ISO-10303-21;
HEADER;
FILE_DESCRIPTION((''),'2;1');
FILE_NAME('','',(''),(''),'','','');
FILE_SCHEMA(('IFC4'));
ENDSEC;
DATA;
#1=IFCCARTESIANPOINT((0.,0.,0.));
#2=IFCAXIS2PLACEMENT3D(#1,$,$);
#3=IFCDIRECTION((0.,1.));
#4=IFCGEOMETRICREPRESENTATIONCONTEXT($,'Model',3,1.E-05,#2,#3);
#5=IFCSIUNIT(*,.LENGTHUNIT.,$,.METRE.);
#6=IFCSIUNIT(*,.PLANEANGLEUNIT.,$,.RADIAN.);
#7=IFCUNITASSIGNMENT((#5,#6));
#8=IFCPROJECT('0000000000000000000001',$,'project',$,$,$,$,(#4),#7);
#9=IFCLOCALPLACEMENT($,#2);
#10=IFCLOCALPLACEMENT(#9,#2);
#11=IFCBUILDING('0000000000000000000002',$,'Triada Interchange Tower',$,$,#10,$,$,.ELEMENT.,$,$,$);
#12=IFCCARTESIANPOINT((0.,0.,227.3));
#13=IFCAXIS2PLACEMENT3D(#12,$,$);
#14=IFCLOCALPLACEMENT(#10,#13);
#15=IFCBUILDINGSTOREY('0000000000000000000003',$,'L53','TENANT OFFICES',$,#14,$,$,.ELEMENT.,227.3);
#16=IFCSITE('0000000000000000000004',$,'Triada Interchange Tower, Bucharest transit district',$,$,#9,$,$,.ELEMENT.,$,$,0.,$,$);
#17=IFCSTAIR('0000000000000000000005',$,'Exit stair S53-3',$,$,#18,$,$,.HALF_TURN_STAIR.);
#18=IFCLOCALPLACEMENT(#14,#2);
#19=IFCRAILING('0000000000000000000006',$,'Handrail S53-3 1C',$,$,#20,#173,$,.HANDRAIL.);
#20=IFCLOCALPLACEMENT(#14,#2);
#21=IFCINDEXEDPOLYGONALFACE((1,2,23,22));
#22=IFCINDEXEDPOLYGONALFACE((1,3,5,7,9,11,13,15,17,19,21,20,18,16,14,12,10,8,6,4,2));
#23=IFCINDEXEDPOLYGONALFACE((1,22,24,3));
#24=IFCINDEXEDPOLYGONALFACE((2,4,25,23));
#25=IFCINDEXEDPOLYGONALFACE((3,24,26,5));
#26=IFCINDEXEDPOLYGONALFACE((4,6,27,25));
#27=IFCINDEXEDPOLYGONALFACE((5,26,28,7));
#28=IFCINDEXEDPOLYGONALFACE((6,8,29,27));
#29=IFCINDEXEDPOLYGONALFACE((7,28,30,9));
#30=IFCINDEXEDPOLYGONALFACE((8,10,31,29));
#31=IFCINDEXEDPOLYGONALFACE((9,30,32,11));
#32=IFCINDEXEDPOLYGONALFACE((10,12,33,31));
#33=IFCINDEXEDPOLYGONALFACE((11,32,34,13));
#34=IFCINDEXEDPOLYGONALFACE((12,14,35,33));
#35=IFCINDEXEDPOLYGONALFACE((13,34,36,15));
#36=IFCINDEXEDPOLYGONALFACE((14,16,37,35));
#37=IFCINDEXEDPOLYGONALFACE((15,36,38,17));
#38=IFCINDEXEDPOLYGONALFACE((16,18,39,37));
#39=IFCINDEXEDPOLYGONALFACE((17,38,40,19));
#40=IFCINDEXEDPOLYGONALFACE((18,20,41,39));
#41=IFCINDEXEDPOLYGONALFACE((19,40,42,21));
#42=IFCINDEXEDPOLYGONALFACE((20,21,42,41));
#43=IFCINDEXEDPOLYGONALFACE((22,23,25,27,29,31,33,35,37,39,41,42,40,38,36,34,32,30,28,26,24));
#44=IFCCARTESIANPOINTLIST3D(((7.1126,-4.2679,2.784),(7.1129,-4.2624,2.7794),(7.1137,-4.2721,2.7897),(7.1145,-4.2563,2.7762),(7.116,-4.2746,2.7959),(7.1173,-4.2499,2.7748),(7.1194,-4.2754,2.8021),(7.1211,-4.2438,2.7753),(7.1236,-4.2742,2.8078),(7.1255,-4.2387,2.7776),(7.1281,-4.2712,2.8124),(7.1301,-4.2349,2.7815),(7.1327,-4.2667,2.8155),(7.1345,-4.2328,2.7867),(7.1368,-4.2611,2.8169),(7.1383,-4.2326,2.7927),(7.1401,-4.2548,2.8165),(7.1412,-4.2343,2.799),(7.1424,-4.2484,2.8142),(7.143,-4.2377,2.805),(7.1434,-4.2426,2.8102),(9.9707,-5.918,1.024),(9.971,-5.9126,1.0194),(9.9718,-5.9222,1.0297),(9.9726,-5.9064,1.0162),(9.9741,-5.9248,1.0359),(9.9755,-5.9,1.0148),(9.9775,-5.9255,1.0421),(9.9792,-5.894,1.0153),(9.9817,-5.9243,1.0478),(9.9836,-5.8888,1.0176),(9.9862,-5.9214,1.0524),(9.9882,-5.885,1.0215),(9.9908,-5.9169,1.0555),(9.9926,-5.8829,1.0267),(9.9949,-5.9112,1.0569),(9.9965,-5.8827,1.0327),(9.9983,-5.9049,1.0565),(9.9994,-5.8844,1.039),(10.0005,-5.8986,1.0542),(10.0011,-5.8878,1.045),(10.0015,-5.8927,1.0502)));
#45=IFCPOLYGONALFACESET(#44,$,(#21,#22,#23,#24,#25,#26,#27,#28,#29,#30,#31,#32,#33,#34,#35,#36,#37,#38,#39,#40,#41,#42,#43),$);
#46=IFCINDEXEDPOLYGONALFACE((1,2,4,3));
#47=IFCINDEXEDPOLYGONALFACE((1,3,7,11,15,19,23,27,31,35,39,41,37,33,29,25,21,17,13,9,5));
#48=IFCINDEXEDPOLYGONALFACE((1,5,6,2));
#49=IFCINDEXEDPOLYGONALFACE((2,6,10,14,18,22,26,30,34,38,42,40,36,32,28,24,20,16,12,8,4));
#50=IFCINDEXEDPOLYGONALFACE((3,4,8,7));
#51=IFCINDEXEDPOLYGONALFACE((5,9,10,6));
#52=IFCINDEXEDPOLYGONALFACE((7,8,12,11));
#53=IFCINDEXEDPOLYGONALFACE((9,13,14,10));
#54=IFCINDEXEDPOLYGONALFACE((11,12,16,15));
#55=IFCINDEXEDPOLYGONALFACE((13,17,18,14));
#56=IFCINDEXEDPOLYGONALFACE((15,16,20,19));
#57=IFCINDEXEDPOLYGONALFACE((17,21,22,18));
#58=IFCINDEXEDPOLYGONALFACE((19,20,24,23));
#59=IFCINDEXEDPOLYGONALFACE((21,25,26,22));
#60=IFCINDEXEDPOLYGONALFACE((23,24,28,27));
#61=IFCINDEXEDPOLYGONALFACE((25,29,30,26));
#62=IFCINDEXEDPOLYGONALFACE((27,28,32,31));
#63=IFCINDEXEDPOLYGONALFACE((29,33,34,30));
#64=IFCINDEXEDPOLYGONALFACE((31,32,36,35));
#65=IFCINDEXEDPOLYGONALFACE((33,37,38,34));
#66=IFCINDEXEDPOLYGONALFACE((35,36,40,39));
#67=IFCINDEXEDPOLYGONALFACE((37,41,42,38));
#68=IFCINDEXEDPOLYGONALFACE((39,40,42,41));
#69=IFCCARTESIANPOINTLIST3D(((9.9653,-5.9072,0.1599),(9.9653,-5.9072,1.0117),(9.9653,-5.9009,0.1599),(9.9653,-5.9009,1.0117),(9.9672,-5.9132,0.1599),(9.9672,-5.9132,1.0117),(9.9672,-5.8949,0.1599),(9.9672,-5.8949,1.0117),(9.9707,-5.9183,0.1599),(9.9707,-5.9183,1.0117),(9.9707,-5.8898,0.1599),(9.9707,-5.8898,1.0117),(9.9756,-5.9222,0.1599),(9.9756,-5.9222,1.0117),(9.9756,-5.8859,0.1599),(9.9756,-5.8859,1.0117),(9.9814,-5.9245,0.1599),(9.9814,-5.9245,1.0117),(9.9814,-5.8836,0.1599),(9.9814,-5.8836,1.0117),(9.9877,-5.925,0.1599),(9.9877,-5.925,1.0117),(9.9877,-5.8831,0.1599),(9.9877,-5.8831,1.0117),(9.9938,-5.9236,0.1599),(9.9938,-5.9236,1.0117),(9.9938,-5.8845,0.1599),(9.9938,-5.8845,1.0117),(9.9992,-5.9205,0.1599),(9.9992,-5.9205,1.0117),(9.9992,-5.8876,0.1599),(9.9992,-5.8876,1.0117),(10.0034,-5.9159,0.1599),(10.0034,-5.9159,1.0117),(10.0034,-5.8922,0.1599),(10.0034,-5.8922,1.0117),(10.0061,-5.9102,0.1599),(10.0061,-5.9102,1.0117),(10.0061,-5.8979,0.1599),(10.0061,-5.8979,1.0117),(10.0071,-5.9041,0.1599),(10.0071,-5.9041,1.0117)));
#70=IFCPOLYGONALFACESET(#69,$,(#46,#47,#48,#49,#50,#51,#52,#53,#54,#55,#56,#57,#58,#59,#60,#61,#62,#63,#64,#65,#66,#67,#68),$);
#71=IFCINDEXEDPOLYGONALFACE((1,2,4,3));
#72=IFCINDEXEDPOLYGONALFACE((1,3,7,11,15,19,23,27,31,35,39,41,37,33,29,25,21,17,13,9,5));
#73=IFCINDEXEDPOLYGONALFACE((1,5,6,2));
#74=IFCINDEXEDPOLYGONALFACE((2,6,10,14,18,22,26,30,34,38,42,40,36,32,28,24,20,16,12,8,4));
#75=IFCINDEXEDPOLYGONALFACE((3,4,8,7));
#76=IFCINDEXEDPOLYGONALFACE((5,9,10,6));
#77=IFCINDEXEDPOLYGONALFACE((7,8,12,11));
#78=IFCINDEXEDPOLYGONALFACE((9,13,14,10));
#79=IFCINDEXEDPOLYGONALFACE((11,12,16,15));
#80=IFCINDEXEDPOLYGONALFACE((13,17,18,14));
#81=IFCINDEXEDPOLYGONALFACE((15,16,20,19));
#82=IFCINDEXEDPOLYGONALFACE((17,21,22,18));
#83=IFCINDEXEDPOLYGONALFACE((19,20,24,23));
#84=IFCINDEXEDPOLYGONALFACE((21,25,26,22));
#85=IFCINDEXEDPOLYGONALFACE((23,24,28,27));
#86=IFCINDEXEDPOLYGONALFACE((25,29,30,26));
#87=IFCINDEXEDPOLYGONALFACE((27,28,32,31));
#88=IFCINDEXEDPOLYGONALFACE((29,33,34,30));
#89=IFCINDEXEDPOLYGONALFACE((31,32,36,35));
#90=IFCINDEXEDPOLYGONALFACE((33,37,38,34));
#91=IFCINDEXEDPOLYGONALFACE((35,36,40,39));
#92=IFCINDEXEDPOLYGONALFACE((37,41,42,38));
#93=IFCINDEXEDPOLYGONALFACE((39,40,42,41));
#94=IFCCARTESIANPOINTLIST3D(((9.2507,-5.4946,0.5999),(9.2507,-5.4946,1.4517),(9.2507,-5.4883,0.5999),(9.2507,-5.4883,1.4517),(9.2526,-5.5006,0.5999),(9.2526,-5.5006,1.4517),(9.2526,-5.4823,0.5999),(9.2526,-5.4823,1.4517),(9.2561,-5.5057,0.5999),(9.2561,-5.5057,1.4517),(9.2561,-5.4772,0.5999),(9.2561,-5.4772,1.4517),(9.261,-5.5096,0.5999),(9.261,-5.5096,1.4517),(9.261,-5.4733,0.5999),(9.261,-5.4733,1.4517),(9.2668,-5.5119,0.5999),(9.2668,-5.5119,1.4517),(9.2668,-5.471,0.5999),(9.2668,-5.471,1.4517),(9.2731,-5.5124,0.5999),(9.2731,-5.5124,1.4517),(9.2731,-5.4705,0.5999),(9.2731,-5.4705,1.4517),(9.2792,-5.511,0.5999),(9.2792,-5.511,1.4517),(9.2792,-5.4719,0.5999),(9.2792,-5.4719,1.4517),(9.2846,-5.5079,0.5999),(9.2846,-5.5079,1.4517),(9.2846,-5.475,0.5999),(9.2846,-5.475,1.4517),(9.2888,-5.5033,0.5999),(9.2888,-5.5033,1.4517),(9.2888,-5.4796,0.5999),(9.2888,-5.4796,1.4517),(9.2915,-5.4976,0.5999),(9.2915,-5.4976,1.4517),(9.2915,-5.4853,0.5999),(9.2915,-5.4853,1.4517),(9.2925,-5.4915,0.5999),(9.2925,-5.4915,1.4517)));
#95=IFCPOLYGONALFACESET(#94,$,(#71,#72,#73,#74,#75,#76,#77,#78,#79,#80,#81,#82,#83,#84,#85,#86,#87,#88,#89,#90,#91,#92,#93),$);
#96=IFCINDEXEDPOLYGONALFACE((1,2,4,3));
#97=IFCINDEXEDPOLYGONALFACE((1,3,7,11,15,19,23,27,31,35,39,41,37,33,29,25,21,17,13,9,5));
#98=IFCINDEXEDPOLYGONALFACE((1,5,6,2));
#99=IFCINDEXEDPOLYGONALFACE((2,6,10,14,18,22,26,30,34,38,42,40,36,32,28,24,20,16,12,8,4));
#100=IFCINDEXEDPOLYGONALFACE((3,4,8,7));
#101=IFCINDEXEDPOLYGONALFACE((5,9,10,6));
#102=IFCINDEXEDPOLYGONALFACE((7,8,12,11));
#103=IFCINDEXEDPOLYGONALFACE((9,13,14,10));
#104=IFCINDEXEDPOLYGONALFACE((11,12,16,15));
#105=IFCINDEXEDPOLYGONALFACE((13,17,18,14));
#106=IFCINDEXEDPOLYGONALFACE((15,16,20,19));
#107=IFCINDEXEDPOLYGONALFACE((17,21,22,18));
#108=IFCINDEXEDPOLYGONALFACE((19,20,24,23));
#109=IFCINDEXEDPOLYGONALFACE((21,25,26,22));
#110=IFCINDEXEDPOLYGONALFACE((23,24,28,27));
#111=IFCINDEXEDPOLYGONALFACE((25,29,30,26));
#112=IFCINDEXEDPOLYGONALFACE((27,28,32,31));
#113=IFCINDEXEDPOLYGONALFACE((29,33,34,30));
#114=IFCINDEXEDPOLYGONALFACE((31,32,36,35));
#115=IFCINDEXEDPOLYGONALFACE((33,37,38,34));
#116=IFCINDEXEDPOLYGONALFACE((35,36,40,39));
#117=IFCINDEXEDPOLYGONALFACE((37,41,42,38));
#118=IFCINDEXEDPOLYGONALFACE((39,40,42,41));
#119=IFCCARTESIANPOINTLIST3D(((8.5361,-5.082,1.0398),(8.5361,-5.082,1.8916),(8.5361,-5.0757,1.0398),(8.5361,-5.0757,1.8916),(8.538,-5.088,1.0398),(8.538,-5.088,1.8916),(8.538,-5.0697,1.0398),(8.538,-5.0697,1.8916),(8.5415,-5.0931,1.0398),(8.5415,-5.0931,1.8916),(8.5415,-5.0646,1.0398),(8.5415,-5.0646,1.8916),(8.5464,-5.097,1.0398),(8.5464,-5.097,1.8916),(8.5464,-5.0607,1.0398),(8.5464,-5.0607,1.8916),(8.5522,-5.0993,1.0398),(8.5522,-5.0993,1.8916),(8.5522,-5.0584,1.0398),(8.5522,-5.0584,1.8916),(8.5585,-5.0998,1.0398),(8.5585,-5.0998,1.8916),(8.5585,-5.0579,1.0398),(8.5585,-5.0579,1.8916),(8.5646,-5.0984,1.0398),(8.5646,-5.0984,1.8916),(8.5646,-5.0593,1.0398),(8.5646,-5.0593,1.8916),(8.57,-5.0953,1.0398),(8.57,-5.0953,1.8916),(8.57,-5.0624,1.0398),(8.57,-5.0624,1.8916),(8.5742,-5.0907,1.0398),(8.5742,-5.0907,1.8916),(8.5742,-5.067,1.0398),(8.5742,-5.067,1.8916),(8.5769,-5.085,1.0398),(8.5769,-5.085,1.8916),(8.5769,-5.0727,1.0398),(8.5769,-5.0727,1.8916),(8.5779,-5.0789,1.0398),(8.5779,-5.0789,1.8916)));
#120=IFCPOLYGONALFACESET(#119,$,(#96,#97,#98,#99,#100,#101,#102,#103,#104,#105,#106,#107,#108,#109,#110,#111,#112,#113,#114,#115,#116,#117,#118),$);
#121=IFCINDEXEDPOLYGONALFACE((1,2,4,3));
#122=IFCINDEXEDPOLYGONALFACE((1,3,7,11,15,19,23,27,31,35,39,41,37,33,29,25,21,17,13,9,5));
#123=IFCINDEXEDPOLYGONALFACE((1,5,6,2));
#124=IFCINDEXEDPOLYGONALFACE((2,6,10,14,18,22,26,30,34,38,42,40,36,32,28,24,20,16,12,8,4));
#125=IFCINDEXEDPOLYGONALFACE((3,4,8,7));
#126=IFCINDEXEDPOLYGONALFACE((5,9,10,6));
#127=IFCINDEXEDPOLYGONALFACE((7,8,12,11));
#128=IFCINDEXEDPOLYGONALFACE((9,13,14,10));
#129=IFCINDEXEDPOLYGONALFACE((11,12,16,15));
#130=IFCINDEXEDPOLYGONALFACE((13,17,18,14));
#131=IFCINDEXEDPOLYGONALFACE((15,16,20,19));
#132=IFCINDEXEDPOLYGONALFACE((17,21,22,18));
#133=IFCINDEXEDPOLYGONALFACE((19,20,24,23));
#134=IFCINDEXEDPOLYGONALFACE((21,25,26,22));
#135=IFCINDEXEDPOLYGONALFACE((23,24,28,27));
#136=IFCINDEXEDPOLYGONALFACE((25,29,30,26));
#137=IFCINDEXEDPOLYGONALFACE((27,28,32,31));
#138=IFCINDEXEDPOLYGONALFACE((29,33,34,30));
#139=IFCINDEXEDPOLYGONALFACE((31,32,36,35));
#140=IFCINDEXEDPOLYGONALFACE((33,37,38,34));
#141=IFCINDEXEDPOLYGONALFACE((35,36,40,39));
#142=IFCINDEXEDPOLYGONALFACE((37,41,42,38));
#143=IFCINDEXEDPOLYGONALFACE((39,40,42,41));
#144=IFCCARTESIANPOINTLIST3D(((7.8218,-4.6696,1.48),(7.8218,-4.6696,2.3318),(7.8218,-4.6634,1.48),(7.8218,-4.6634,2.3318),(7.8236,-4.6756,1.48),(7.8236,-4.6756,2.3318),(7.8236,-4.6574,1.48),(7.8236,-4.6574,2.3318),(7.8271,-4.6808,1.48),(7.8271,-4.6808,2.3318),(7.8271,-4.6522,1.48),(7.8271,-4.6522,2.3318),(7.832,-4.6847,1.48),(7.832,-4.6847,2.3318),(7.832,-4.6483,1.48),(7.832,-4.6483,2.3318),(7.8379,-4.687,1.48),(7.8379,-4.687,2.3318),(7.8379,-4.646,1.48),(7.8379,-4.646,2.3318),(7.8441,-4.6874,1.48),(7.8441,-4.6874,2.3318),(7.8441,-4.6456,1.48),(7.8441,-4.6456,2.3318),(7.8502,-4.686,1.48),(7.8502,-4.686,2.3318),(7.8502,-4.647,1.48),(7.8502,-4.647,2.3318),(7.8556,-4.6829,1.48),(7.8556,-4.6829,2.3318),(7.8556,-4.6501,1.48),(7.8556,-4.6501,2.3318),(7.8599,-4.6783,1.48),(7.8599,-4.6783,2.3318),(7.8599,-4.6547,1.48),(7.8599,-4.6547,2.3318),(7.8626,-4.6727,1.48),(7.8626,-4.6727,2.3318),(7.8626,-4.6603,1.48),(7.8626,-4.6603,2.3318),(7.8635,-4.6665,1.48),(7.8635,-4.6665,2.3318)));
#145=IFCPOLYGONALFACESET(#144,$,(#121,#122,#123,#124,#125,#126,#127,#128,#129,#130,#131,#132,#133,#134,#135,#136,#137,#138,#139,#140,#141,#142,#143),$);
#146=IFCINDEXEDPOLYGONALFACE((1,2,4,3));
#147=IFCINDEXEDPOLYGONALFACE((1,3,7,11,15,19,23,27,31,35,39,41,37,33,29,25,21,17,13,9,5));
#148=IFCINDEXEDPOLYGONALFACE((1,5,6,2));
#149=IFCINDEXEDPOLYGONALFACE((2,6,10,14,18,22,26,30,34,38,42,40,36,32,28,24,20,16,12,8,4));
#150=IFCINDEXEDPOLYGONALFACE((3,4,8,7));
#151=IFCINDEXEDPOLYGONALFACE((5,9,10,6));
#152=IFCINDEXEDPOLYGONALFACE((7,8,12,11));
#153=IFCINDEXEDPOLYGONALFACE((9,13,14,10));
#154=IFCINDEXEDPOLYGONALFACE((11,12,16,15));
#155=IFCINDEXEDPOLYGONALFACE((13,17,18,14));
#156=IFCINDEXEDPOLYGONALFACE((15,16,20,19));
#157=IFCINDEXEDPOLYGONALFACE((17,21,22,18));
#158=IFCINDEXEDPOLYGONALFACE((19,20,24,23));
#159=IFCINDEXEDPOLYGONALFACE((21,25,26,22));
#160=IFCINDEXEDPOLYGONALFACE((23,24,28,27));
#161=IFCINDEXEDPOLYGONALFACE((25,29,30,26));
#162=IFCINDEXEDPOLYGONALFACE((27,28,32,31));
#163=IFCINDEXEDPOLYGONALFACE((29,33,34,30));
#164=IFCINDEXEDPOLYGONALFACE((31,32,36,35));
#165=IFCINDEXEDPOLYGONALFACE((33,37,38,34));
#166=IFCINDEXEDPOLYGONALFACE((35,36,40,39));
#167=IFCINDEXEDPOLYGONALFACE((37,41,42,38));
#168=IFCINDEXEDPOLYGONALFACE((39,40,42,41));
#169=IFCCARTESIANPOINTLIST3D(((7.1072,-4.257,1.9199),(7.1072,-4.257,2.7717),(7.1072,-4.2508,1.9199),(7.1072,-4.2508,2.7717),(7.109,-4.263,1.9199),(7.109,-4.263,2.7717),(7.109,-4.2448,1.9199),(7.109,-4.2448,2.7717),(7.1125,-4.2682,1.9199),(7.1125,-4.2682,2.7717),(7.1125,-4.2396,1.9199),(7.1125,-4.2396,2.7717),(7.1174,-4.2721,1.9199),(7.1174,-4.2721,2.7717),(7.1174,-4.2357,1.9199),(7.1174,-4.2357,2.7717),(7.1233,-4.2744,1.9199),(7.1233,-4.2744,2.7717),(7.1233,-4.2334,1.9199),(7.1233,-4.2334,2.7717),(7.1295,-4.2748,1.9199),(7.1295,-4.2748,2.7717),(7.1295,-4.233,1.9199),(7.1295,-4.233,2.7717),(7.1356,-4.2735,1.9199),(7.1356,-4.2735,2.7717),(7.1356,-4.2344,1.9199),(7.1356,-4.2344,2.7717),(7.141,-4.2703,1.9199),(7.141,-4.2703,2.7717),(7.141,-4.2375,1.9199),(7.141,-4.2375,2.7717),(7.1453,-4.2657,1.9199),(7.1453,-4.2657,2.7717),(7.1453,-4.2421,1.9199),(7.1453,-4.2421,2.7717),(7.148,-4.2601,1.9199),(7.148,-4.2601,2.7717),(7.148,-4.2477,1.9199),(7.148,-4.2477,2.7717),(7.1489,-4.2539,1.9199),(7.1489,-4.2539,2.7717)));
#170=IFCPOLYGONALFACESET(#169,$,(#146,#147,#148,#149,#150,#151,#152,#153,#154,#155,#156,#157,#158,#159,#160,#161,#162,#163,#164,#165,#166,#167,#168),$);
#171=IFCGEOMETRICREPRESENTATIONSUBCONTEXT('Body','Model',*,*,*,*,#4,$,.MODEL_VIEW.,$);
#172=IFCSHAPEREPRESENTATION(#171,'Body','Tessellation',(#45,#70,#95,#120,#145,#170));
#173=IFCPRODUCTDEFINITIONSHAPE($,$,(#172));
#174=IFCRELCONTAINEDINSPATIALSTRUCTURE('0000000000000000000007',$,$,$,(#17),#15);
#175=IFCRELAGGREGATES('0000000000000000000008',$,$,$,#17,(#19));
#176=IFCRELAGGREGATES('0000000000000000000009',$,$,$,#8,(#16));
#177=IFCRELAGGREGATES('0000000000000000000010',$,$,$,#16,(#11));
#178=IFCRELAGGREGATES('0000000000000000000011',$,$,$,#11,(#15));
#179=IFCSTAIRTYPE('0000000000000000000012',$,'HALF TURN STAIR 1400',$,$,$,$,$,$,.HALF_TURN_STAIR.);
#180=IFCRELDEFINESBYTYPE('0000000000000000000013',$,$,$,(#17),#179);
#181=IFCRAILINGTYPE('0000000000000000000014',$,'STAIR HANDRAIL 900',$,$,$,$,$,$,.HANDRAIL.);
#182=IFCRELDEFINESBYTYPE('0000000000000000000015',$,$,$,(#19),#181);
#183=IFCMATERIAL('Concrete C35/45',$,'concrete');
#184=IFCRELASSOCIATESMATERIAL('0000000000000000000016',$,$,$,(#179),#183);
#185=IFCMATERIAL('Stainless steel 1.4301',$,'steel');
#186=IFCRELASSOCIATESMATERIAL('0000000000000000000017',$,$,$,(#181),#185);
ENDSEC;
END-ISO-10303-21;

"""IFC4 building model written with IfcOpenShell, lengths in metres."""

from ifc_helpers import new_model, si_unit, direction, frame, origin, origin_2d, place, context, subcontext, project, spatial, circle, extrude, material, type_object, element, aggregate, save


model = new_model("IFC4")

# Units and contexts
model_context = context("Model", 3, precision=1e-05, world=origin(), true_north=direction((0.0, 1.0)))
body_context = subcontext(model_context, "Body", "Model", "MODEL_VIEW")
ifc_project = project(units=[si_unit("LENGTHUNIT", "METRE"), si_unit("PLANEANGLEUNIT", "RADIAN")], contexts=[model_context])

# Site, building, storey
site_placement = place(None, origin())
site = spatial("IfcSite", under=ifc_project, at=site_placement, Name="Triada Interchange Tower, Bucharest transit district", CompositionType="ELEMENT", RefElevation=0.0)
building_placement = place(site_placement, origin())
building = spatial("IfcBuilding", under=site, at=building_placement, Name="Triada Interchange Tower", CompositionType="ELEMENT")
storey_placement = place(building_placement, frame((0.0, 0.0, 227.3)))
storey = spatial("IfcBuildingStorey", under=building, at=storey_placement, Name="L53", Description="TENANT OFFICES", CompositionType="ELEMENT", Elevation=227.3)

# Stair, railing
ifc_material_1 = material(Name="Concrete C35/45", Category="concrete")
stair_type = type_object("IfcStairType", Name="HALF TURN STAIR 1400", PredefinedType="HALF_TURN_STAIR", material=ifc_material_1)
stair_placement = place(storey_placement, origin())
stair = element("IfcStair", 1, at=stair_placement, inside=storey, type_object=stair_type, Name="Exit stair S53-3", PredefinedType="HALF_TURN_STAIR")
ifc_material_2 = material(Name="Stainless steel 1.4301", Category="steel")
railing_type = type_object("IfcRailingType", Name="STAIR HANDRAIL 900", PredefinedType="HANDRAIL", material=ifc_material_2)
railing_1_placement = place(storey_placement, frame((9.9861, -5.9041, 0.1599)))
railing_1 = element("IfcRailing", 2, at=railing_1_placement, type_object=railing_type, Name="Handrail S53-3 1C", PredefinedType="HANDRAIL", context=body_context, shape_type="SweptSolid", body=[
    extrude(circle(Radius=0.0239, at=origin_2d()), frame((0.0, 0.0, 0.876), z_axis=(-0.764156, 0.441183, 0.470556), x_axis=(-0.499998, -0.866027, 0.0)), (0.0, 0.0, 1.0), 3.7402),
    extrude(circle(Radius=0.021, at=origin_2d()), origin(), (0.0, 0.0, 1.0), 0.8518),
    extrude(circle(Radius=0.021, at=origin_2d()), frame((-0.7146, 0.4126, 0.4399)), (0.0, 0.0, 1.0), 0.8518),
    extrude(circle(Radius=0.021, at=origin_2d()), frame((-1.4292, 0.8252, 0.8799)), (0.0, 0.0, 1.0), 0.8518),
    extrude(circle(Radius=0.021, at=origin_2d()), frame((-2.1436, 1.2375, 1.3201)), (0.0, 0.0, 1.0), 0.8518),
    extrude(circle(Radius=0.021, at=origin_2d()), frame((-2.8582, 1.6501, 1.76)), (0.0, 0.0, 1.0), 0.8518),
])
aggregate(stair, [railing_1])

save(model, "model.ifc")
